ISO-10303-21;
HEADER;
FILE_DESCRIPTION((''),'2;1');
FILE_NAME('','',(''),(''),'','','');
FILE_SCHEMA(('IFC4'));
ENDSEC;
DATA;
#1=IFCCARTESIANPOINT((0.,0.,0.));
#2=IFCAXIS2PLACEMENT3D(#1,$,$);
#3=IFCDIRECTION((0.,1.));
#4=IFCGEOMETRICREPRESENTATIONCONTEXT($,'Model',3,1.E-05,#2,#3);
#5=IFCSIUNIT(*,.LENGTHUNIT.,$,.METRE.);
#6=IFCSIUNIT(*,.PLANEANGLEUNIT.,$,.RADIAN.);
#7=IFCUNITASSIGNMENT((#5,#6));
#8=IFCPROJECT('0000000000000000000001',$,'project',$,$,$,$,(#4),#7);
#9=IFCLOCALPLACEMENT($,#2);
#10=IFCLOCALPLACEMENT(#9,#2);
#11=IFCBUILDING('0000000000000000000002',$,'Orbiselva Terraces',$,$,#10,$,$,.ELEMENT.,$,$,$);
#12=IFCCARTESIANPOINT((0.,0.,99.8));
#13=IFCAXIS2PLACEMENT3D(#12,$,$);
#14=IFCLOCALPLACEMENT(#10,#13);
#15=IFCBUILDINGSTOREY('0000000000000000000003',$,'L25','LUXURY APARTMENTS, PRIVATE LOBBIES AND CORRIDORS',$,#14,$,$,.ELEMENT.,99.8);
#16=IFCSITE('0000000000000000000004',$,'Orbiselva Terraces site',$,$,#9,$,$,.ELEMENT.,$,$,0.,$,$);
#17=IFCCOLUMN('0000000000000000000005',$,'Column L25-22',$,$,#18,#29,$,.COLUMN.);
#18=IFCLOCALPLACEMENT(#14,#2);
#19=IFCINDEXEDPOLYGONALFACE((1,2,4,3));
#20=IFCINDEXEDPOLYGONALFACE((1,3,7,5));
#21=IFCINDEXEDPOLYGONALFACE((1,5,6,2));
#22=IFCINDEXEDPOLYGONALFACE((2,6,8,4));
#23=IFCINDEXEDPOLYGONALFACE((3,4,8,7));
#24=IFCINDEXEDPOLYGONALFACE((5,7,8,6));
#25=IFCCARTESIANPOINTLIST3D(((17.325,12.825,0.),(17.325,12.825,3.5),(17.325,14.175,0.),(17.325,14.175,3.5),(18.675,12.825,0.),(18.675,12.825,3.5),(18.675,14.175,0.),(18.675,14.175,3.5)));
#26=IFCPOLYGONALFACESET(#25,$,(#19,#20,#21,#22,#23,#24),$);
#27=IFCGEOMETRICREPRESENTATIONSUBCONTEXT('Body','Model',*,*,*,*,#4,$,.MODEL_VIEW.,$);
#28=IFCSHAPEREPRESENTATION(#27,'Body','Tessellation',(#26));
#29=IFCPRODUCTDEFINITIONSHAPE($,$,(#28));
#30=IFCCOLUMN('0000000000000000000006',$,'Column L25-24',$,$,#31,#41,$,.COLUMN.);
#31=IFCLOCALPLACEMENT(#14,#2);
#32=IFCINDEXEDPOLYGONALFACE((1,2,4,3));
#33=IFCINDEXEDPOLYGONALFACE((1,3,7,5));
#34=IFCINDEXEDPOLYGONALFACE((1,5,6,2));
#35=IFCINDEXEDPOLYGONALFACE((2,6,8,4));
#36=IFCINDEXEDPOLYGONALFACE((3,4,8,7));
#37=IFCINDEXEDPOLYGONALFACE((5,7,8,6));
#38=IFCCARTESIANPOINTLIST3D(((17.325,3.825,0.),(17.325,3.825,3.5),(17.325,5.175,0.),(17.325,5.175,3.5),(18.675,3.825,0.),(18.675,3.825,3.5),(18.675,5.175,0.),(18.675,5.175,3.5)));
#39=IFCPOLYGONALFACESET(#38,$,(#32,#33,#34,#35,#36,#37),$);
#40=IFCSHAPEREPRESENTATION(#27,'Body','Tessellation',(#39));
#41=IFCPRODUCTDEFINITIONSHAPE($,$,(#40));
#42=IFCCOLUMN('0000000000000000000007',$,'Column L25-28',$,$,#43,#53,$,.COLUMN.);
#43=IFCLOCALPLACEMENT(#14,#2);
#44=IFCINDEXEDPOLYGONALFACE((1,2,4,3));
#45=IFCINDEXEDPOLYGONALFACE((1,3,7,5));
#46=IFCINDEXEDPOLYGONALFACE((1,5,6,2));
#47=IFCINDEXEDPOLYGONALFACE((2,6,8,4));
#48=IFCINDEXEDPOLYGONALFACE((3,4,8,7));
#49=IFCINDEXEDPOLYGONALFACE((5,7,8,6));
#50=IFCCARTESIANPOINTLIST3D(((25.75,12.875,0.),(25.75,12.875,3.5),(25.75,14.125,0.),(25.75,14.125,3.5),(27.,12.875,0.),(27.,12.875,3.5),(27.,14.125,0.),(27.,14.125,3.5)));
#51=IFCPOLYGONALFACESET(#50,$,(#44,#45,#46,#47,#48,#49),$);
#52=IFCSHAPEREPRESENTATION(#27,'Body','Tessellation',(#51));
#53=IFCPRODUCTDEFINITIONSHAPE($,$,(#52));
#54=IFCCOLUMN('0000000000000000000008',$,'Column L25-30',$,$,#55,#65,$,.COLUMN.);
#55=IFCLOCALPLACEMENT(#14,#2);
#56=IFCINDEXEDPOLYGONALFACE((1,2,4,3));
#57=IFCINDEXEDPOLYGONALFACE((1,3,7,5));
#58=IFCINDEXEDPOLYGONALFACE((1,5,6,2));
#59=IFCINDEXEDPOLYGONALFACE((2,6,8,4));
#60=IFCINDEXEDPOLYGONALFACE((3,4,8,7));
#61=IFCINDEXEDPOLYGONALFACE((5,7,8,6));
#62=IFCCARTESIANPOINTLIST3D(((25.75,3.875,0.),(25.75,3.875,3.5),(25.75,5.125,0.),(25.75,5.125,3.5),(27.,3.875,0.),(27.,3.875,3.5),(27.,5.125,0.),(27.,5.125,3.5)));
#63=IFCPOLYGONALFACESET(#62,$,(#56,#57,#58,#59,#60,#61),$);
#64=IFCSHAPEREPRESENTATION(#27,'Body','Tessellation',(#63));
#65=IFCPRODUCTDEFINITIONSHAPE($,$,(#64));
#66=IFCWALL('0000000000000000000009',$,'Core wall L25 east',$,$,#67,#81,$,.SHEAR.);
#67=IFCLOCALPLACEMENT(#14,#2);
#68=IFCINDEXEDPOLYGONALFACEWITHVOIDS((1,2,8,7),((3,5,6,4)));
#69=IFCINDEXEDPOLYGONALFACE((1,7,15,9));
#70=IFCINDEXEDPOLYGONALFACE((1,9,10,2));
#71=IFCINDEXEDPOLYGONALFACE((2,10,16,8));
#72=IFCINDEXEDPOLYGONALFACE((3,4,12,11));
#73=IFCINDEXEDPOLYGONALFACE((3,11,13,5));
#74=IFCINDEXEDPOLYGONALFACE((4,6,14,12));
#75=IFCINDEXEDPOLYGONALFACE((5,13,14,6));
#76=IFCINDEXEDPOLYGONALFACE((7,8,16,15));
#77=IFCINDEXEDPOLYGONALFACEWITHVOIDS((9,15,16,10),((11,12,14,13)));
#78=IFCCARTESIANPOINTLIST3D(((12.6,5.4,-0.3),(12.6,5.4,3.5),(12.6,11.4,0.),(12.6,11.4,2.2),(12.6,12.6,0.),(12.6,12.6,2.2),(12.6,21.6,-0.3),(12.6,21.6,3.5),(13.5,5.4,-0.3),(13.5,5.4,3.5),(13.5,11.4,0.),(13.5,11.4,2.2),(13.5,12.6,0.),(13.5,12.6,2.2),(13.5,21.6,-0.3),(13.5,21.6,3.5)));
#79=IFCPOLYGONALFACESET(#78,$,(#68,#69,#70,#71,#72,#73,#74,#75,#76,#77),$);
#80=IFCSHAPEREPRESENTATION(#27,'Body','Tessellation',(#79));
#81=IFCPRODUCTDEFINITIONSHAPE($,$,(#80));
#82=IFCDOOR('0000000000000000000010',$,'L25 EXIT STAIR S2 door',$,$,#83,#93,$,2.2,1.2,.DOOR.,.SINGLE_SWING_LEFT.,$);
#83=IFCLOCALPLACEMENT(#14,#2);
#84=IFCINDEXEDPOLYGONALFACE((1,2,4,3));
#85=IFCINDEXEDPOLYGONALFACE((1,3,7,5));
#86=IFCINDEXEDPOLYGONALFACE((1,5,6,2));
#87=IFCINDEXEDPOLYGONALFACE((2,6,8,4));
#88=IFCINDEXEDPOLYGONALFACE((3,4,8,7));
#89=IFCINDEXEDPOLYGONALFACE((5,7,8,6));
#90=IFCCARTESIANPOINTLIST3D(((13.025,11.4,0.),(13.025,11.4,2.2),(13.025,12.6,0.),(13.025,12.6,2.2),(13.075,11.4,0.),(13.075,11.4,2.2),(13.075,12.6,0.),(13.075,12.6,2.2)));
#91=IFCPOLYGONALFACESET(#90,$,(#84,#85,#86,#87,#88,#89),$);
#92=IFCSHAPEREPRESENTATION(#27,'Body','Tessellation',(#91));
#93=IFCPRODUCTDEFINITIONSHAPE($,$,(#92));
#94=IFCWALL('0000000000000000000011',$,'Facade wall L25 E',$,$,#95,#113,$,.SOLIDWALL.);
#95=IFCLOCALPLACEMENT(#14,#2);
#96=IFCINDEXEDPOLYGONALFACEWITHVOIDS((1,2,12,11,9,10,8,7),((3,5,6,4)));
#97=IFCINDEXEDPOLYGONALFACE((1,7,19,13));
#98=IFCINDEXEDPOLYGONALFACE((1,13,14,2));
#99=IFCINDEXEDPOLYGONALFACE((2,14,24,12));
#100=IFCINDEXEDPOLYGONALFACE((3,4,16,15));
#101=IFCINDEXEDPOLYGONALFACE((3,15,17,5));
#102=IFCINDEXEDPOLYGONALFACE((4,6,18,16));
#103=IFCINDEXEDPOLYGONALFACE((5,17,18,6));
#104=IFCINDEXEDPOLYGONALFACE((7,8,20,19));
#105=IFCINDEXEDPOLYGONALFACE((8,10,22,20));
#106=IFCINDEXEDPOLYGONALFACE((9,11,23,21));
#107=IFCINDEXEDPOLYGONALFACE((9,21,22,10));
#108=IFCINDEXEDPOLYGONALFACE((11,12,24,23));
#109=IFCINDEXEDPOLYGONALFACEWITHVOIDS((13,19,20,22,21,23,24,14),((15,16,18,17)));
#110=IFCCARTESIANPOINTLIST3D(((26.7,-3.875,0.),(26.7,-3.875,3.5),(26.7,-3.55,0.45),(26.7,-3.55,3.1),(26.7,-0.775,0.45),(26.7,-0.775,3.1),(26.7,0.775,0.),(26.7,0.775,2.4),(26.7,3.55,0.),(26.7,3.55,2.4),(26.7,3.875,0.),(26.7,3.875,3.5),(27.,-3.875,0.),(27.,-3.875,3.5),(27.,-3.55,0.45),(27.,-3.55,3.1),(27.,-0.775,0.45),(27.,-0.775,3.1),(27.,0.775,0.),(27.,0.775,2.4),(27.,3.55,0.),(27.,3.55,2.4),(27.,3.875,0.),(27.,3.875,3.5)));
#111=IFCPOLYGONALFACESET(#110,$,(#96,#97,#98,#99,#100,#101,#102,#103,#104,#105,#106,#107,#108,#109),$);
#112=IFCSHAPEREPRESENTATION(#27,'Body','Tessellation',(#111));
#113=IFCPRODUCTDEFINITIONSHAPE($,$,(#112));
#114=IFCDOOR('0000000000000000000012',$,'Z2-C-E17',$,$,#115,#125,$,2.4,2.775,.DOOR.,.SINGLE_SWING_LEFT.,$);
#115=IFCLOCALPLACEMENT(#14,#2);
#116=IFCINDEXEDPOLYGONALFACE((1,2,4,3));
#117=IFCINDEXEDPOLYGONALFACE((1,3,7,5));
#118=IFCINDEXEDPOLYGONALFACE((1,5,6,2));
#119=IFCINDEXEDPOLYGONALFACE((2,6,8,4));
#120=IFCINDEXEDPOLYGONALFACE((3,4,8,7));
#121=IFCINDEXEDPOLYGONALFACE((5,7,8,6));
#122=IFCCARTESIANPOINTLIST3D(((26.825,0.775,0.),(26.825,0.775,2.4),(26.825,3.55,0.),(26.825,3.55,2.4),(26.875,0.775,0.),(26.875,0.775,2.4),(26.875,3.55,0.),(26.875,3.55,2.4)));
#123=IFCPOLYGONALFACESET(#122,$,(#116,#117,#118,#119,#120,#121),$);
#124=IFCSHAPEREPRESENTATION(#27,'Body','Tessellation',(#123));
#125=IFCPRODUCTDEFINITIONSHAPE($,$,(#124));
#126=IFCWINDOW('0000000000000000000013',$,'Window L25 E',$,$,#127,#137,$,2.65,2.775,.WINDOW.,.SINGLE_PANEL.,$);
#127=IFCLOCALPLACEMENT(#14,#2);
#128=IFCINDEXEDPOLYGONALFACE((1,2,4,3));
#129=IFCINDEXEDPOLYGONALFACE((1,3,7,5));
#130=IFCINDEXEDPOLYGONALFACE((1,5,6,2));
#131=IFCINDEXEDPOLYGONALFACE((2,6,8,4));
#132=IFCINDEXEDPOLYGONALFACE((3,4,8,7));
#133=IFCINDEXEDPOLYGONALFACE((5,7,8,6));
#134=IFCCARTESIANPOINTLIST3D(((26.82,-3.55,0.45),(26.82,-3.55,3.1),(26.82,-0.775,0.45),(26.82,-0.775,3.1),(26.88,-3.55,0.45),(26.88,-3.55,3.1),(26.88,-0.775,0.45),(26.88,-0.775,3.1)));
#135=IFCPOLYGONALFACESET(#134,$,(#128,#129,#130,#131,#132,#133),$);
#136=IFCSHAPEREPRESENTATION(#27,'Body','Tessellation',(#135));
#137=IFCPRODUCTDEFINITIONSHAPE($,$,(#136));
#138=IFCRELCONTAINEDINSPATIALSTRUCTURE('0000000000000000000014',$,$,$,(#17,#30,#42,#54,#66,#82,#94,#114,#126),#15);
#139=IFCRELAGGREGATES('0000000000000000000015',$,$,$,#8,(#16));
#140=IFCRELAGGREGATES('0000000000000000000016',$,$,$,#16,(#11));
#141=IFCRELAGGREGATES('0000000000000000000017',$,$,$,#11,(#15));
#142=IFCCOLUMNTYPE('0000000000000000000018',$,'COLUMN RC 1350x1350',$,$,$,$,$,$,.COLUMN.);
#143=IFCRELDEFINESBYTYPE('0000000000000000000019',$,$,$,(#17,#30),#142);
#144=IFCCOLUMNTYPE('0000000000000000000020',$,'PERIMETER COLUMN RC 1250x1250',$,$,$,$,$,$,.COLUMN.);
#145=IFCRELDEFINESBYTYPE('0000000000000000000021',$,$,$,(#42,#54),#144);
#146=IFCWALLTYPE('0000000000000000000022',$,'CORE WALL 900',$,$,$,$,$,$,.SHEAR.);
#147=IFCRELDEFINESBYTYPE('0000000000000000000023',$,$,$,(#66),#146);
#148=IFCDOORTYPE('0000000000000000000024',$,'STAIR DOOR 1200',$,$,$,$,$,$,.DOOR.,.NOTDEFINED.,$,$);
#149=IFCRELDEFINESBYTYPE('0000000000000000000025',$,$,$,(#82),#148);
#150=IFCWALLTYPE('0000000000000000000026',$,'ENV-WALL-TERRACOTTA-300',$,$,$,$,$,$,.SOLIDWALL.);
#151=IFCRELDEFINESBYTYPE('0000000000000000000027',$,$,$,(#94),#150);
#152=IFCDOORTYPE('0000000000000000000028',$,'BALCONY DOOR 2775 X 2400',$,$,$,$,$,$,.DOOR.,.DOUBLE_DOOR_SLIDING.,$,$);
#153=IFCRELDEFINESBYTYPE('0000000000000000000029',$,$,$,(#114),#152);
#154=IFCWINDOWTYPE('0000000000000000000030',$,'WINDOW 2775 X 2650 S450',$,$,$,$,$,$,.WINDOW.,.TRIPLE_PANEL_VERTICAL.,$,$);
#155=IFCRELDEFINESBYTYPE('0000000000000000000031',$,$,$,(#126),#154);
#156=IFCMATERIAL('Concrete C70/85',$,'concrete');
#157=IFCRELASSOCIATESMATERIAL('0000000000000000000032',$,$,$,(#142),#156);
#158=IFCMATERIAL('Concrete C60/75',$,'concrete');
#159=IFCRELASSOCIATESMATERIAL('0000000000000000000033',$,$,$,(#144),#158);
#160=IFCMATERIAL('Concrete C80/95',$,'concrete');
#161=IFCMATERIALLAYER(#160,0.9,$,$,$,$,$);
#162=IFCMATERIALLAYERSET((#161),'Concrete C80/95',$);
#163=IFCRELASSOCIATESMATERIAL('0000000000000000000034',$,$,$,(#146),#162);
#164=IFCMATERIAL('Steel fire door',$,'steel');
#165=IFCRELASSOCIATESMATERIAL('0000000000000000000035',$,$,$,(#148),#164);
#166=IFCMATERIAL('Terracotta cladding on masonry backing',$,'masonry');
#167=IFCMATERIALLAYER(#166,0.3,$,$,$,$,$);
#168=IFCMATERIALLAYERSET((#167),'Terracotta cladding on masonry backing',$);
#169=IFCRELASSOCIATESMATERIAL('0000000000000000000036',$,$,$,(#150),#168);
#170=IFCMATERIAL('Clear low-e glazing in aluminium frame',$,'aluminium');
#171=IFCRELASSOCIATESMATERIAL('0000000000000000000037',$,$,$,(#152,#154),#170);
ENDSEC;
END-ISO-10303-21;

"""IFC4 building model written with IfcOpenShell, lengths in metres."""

from ifc_helpers import new_model, si_unit, direction, frame, frame_2d, origin, origin_2d, place, context, subcontext, project, spatial, rectangle, extrude, material, layer, layer_set, material_profile, profile_set, type_object, element, fill, save


model = new_model("IFC4")

# Units and contexts
model_context = context("Model", 3, precision=1e-05, world=origin(), true_north=direction((0.0, 1.0)))
body_context = subcontext(model_context, "Body", "Model", "MODEL_VIEW")
ifc_project = project(units=[si_unit("LENGTHUNIT", "METRE"), si_unit("PLANEANGLEUNIT", "RADIAN")], contexts=[model_context])

# Site, building, storey
site_placement = place(None, origin())
site = spatial("IfcSite", under=ifc_project, at=site_placement, Name="Orbiselva Terraces site", CompositionType="ELEMENT", RefElevation=0.0)
building_placement = place(site_placement, origin())
building = spatial("IfcBuilding", under=site, at=building_placement, Name="Orbiselva Terraces", CompositionType="ELEMENT")
storey_placement = place(building_placement, frame((0.0, 0.0, 99.8)))
storey = spatial("IfcBuildingStorey", under=building, at=storey_placement, Name="L25", Description="LUXURY APARTMENTS, PRIVATE LOBBIES AND CORRIDORS", CompositionType="ELEMENT", Elevation=99.8)

# Columns
ifc_material_1 = material(Name="Concrete C70/85", Category="concrete")
ifc_material_profile_1 = material_profile(ifc_material_1, rectangle(XDim=1.35, YDim=1.35, at=origin_2d()), Name="RC 1350x1350")
ifc_profile_set_1 = profile_set([ifc_material_profile_1], Name="Concrete C70/85")
column_type_1 = type_object("IfcColumnType", Name="COLUMN RC 1350x1350", PredefinedType="COLUMN", material=ifc_profile_set_1)
for number, where, z_axis, x_axis, name in (
    (1, (18.0, 13.5, 0.0), (0.0, 0.0, 1.0), (1.0, 0.0, 0.0), "Column L25-22"),
    (2, (18.0, 4.5, 0.0), (0.0, 0.0, 1.0), (1.0, 0.0, 0.0), "Column L25-24"),
):
    element("IfcColumn", number, at=place(storey_placement, frame(where, z_axis=z_axis, x_axis=x_axis)), inside=storey, type_object=column_type_1, Name=name, PredefinedType="COLUMN", context=body_context, shape_type="SweptSolid", body=[
        extrude(rectangle(XDim=1.35, YDim=1.35, at=origin_2d()), origin(), (0.0, 0.0, 1.0), 3.5),
    ])
ifc_material_2 = material(Name="Concrete C60/75", Category="concrete")
ifc_material_profile_2 = material_profile(ifc_material_2, rectangle(XDim=1.25, YDim=1.25, at=origin_2d()), Name="RC 1250x1250")
ifc_profile_set_2 = profile_set([ifc_material_profile_2], Name="Concrete C60/75")
column_type_2 = type_object("IfcColumnType", Name="PERIMETER COLUMN RC 1250x1250", PredefinedType="COLUMN", material=ifc_profile_set_2)
for number, where, z_axis, x_axis, name in (
    (3, (26.375, 13.5, 0.0), (0.0, 0.0, 1.0), (1.0, 0.0, 0.0), "Column L25-28"),
    (4, (26.375, 4.5, 0.0), (0.0, 0.0, 1.0), (1.0, 0.0, 0.0), "Column L25-30"),
):
    element("IfcColumn", number, at=place(storey_placement, frame(where, z_axis=z_axis, x_axis=x_axis)), inside=storey, type_object=column_type_2, Name=name, PredefinedType="COLUMN", context=body_context, shape_type="SweptSolid", body=[
        extrude(rectangle(XDim=1.25, YDim=1.25, at=origin_2d()), origin(), (0.0, 0.0, 1.0), 3.5),
    ])

# Wall, opening, door
ifc_material_3 = material(Name="Concrete C80/95", Category="concrete")
ifc_layer_1 = layer(ifc_material_3, 0.9)
ifc_layer_set_1 = layer_set([ifc_layer_1], Name="Concrete C80/95")
wall_type_1 = type_object("IfcWallType", Name="CORE WALL 900", PredefinedType="SHEAR", material=ifc_layer_set_1)
wall_1_placement = place(storey_placement, frame((13.05, 5.4, -0.3), z_axis=(0.0, 0.0, 1.0), x_axis=(0.0, 1.0, 0.0)))
wall_1 = element("IfcWall", 5, at=wall_1_placement, inside=storey, type_object=wall_type_1, Name="Core wall L25 east", PredefinedType="SHEAR", context=body_context, shape_type="SweptSolid", body=[
    extrude(rectangle(XDim=16.2, YDim=0.9, at=frame_2d((8.1, 0.0))), origin(), (0.0, 0.0, 1.0), 3.8),
])
opening_1_placement = place(wall_1_placement, frame((6.0, 0.0, 0.3)))
opening_1 = element("IfcOpeningElement", 6, at=opening_1_placement, cuts=wall_1, PredefinedType="OPENING", context=body_context, shape_type="SweptSolid", body=[
    extrude(rectangle(XDim=1.2, YDim=2.2, at=frame_2d((0.6, 1.1))), frame((0.0, 0.46, 0.0), z_axis=(0.0, -1.0, 0.0), x_axis=(1.0, 0.0, 0.0)), (0.0, 0.0, 1.0), 0.92),
])
ifc_material_4 = material(Name="Steel fire door", Category="steel")
door_type_1 = type_object("IfcDoorType", Name="STAIR DOOR 1200", OperationType="NOTDEFINED", PredefinedType="DOOR", material=ifc_material_4)
door_1_placement = place(opening_1_placement, frame((1.2, 0.0, 0.0), z_axis=(0.0, 0.0, 1.0), x_axis=(-1.0, 0.0, 0.0)))
door_1 = element("IfcDoor", 7, at=door_1_placement, inside=storey, type_object=door_type_1, Name="L25 EXIT STAIR S2 door", OperationType="SINGLE_SWING_LEFT", OverallHeight=2.2, OverallWidth=1.2, PredefinedType="DOOR", context=body_context, shape_type="SweptSolid", body=[
    extrude(rectangle(XDim=1.2, YDim=2.2, at=frame_2d((0.6, 1.1))), frame((0.0, 0.025, 0.0), z_axis=(0.0, -1.0, 0.0), x_axis=(1.0, 0.0, 0.0)), (0.0, 0.0, 1.0), 0.05),
])
fill(opening_1, door_1)

# Wall, openings, door, window
ifc_material_5 = material(Name="Terracotta cladding on masonry backing", Category="masonry")
ifc_layer_2 = layer(ifc_material_5, 0.3)
ifc_layer_set_2 = layer_set([ifc_layer_2], Name="Terracotta cladding on masonry backing")
wall_type_2 = type_object("IfcWallType", Name="ENV-WALL-TERRACOTTA-300", PredefinedType="SOLIDWALL", material=ifc_layer_set_2)
wall_2_placement = place(storey_placement, frame((26.85, 3.875, 0.0), z_axis=(0.0, 0.0, 1.0), x_axis=(0.0, -1.0, 0.0)))
wall_2 = element("IfcWall", 8, at=wall_2_placement, inside=storey, type_object=wall_type_2, Name="Facade wall L25 E", PredefinedType="SOLIDWALL", context=body_context, shape_type="SweptSolid", body=[
    extrude(rectangle(XDim=7.75, YDim=0.3, at=frame_2d((3.875, 0.0))), origin(), (0.0, 0.0, 1.0), 3.5),
])
opening_2_placement = place(wall_2_placement, frame((4.65, 0.0, 0.45)))
opening_2 = element("IfcOpeningElement", 9, at=opening_2_placement, cuts=wall_2, PredefinedType="OPENING", context=body_context, shape_type="SweptSolid", body=[
    extrude(rectangle(XDim=2.775, YDim=2.65, at=frame_2d((1.3875, 1.325))), frame((0.0, 0.16, 0.0), z_axis=(0.0, -1.0, 0.0), x_axis=(1.0, 0.0, 0.0)), (0.0, 0.0, 1.0), 0.32),
])
opening_3_placement = place(wall_2_placement, frame((0.325, 0.0, 0.0)))
opening_3 = element("IfcOpeningElement", 10, at=opening_3_placement, cuts=wall_2, PredefinedType="OPENING", context=body_context, shape_type="SweptSolid", body=[
    extrude(rectangle(XDim=2.775, YDim=2.4, at=frame_2d((1.3875, 1.2))), frame((0.0, 0.16, 0.0), z_axis=(0.0, -1.0, 0.0), x_axis=(1.0, 0.0, 0.0)), (0.0, 0.0, 1.0), 0.32),
])
ifc_material_6 = material(Name="Clear low-e glazing in aluminium frame", Category="aluminium")
door_type_2 = type_object("IfcDoorType", Name="BALCONY DOOR 2775 X 2400", OperationType="DOUBLE_DOOR_SLIDING", PredefinedType="DOOR", material=ifc_material_6)
door_2_placement = place(opening_3_placement, origin())
door_2 = element("IfcDoor", 11, at=door_2_placement, inside=storey, type_object=door_type_2, Name="Z2-C-E17", OperationType="SINGLE_SWING_LEFT", OverallHeight=2.4, OverallWidth=2.775, PredefinedType="DOOR", context=body_context, shape_type="SweptSolid", body=[
    extrude(rectangle(XDim=2.775, YDim=2.4, at=frame_2d((1.3875, 1.2))), frame((0.0, 0.025, 0.0), z_axis=(0.0, -1.0, 0.0), x_axis=(1.0, 0.0, 0.0)), (0.0, 0.0, 1.0), 0.05),
])
fill(opening_3, door_2)
window_type = type_object("IfcWindowType", Name="WINDOW 2775 X 2650 S450", PartitioningType="TRIPLE_PANEL_VERTICAL", PredefinedType="WINDOW", material=ifc_material_6)
window_1_placement = place(opening_2_placement, origin())
window_1 = element("IfcWindow", 12, at=window_1_placement, inside=storey, type_object=window_type, Name="Window L25 E", OverallHeight=2.65, OverallWidth=2.775, PartitioningType="SINGLE_PANEL", PredefinedType="WINDOW", context=body_context, shape_type="SweptSolid", body=[
    extrude(rectangle(XDim=2.775, YDim=2.65, at=frame_2d((1.3875, 1.325))), frame((0.0, 0.03, 0.0), z_axis=(0.0, -1.0, 0.0), x_axis=(1.0, 0.0, 0.0)), (0.0, 0.0, 1.0), 0.06),
])
fill(opening_2, window_1)

save(model, "model.ifc")
